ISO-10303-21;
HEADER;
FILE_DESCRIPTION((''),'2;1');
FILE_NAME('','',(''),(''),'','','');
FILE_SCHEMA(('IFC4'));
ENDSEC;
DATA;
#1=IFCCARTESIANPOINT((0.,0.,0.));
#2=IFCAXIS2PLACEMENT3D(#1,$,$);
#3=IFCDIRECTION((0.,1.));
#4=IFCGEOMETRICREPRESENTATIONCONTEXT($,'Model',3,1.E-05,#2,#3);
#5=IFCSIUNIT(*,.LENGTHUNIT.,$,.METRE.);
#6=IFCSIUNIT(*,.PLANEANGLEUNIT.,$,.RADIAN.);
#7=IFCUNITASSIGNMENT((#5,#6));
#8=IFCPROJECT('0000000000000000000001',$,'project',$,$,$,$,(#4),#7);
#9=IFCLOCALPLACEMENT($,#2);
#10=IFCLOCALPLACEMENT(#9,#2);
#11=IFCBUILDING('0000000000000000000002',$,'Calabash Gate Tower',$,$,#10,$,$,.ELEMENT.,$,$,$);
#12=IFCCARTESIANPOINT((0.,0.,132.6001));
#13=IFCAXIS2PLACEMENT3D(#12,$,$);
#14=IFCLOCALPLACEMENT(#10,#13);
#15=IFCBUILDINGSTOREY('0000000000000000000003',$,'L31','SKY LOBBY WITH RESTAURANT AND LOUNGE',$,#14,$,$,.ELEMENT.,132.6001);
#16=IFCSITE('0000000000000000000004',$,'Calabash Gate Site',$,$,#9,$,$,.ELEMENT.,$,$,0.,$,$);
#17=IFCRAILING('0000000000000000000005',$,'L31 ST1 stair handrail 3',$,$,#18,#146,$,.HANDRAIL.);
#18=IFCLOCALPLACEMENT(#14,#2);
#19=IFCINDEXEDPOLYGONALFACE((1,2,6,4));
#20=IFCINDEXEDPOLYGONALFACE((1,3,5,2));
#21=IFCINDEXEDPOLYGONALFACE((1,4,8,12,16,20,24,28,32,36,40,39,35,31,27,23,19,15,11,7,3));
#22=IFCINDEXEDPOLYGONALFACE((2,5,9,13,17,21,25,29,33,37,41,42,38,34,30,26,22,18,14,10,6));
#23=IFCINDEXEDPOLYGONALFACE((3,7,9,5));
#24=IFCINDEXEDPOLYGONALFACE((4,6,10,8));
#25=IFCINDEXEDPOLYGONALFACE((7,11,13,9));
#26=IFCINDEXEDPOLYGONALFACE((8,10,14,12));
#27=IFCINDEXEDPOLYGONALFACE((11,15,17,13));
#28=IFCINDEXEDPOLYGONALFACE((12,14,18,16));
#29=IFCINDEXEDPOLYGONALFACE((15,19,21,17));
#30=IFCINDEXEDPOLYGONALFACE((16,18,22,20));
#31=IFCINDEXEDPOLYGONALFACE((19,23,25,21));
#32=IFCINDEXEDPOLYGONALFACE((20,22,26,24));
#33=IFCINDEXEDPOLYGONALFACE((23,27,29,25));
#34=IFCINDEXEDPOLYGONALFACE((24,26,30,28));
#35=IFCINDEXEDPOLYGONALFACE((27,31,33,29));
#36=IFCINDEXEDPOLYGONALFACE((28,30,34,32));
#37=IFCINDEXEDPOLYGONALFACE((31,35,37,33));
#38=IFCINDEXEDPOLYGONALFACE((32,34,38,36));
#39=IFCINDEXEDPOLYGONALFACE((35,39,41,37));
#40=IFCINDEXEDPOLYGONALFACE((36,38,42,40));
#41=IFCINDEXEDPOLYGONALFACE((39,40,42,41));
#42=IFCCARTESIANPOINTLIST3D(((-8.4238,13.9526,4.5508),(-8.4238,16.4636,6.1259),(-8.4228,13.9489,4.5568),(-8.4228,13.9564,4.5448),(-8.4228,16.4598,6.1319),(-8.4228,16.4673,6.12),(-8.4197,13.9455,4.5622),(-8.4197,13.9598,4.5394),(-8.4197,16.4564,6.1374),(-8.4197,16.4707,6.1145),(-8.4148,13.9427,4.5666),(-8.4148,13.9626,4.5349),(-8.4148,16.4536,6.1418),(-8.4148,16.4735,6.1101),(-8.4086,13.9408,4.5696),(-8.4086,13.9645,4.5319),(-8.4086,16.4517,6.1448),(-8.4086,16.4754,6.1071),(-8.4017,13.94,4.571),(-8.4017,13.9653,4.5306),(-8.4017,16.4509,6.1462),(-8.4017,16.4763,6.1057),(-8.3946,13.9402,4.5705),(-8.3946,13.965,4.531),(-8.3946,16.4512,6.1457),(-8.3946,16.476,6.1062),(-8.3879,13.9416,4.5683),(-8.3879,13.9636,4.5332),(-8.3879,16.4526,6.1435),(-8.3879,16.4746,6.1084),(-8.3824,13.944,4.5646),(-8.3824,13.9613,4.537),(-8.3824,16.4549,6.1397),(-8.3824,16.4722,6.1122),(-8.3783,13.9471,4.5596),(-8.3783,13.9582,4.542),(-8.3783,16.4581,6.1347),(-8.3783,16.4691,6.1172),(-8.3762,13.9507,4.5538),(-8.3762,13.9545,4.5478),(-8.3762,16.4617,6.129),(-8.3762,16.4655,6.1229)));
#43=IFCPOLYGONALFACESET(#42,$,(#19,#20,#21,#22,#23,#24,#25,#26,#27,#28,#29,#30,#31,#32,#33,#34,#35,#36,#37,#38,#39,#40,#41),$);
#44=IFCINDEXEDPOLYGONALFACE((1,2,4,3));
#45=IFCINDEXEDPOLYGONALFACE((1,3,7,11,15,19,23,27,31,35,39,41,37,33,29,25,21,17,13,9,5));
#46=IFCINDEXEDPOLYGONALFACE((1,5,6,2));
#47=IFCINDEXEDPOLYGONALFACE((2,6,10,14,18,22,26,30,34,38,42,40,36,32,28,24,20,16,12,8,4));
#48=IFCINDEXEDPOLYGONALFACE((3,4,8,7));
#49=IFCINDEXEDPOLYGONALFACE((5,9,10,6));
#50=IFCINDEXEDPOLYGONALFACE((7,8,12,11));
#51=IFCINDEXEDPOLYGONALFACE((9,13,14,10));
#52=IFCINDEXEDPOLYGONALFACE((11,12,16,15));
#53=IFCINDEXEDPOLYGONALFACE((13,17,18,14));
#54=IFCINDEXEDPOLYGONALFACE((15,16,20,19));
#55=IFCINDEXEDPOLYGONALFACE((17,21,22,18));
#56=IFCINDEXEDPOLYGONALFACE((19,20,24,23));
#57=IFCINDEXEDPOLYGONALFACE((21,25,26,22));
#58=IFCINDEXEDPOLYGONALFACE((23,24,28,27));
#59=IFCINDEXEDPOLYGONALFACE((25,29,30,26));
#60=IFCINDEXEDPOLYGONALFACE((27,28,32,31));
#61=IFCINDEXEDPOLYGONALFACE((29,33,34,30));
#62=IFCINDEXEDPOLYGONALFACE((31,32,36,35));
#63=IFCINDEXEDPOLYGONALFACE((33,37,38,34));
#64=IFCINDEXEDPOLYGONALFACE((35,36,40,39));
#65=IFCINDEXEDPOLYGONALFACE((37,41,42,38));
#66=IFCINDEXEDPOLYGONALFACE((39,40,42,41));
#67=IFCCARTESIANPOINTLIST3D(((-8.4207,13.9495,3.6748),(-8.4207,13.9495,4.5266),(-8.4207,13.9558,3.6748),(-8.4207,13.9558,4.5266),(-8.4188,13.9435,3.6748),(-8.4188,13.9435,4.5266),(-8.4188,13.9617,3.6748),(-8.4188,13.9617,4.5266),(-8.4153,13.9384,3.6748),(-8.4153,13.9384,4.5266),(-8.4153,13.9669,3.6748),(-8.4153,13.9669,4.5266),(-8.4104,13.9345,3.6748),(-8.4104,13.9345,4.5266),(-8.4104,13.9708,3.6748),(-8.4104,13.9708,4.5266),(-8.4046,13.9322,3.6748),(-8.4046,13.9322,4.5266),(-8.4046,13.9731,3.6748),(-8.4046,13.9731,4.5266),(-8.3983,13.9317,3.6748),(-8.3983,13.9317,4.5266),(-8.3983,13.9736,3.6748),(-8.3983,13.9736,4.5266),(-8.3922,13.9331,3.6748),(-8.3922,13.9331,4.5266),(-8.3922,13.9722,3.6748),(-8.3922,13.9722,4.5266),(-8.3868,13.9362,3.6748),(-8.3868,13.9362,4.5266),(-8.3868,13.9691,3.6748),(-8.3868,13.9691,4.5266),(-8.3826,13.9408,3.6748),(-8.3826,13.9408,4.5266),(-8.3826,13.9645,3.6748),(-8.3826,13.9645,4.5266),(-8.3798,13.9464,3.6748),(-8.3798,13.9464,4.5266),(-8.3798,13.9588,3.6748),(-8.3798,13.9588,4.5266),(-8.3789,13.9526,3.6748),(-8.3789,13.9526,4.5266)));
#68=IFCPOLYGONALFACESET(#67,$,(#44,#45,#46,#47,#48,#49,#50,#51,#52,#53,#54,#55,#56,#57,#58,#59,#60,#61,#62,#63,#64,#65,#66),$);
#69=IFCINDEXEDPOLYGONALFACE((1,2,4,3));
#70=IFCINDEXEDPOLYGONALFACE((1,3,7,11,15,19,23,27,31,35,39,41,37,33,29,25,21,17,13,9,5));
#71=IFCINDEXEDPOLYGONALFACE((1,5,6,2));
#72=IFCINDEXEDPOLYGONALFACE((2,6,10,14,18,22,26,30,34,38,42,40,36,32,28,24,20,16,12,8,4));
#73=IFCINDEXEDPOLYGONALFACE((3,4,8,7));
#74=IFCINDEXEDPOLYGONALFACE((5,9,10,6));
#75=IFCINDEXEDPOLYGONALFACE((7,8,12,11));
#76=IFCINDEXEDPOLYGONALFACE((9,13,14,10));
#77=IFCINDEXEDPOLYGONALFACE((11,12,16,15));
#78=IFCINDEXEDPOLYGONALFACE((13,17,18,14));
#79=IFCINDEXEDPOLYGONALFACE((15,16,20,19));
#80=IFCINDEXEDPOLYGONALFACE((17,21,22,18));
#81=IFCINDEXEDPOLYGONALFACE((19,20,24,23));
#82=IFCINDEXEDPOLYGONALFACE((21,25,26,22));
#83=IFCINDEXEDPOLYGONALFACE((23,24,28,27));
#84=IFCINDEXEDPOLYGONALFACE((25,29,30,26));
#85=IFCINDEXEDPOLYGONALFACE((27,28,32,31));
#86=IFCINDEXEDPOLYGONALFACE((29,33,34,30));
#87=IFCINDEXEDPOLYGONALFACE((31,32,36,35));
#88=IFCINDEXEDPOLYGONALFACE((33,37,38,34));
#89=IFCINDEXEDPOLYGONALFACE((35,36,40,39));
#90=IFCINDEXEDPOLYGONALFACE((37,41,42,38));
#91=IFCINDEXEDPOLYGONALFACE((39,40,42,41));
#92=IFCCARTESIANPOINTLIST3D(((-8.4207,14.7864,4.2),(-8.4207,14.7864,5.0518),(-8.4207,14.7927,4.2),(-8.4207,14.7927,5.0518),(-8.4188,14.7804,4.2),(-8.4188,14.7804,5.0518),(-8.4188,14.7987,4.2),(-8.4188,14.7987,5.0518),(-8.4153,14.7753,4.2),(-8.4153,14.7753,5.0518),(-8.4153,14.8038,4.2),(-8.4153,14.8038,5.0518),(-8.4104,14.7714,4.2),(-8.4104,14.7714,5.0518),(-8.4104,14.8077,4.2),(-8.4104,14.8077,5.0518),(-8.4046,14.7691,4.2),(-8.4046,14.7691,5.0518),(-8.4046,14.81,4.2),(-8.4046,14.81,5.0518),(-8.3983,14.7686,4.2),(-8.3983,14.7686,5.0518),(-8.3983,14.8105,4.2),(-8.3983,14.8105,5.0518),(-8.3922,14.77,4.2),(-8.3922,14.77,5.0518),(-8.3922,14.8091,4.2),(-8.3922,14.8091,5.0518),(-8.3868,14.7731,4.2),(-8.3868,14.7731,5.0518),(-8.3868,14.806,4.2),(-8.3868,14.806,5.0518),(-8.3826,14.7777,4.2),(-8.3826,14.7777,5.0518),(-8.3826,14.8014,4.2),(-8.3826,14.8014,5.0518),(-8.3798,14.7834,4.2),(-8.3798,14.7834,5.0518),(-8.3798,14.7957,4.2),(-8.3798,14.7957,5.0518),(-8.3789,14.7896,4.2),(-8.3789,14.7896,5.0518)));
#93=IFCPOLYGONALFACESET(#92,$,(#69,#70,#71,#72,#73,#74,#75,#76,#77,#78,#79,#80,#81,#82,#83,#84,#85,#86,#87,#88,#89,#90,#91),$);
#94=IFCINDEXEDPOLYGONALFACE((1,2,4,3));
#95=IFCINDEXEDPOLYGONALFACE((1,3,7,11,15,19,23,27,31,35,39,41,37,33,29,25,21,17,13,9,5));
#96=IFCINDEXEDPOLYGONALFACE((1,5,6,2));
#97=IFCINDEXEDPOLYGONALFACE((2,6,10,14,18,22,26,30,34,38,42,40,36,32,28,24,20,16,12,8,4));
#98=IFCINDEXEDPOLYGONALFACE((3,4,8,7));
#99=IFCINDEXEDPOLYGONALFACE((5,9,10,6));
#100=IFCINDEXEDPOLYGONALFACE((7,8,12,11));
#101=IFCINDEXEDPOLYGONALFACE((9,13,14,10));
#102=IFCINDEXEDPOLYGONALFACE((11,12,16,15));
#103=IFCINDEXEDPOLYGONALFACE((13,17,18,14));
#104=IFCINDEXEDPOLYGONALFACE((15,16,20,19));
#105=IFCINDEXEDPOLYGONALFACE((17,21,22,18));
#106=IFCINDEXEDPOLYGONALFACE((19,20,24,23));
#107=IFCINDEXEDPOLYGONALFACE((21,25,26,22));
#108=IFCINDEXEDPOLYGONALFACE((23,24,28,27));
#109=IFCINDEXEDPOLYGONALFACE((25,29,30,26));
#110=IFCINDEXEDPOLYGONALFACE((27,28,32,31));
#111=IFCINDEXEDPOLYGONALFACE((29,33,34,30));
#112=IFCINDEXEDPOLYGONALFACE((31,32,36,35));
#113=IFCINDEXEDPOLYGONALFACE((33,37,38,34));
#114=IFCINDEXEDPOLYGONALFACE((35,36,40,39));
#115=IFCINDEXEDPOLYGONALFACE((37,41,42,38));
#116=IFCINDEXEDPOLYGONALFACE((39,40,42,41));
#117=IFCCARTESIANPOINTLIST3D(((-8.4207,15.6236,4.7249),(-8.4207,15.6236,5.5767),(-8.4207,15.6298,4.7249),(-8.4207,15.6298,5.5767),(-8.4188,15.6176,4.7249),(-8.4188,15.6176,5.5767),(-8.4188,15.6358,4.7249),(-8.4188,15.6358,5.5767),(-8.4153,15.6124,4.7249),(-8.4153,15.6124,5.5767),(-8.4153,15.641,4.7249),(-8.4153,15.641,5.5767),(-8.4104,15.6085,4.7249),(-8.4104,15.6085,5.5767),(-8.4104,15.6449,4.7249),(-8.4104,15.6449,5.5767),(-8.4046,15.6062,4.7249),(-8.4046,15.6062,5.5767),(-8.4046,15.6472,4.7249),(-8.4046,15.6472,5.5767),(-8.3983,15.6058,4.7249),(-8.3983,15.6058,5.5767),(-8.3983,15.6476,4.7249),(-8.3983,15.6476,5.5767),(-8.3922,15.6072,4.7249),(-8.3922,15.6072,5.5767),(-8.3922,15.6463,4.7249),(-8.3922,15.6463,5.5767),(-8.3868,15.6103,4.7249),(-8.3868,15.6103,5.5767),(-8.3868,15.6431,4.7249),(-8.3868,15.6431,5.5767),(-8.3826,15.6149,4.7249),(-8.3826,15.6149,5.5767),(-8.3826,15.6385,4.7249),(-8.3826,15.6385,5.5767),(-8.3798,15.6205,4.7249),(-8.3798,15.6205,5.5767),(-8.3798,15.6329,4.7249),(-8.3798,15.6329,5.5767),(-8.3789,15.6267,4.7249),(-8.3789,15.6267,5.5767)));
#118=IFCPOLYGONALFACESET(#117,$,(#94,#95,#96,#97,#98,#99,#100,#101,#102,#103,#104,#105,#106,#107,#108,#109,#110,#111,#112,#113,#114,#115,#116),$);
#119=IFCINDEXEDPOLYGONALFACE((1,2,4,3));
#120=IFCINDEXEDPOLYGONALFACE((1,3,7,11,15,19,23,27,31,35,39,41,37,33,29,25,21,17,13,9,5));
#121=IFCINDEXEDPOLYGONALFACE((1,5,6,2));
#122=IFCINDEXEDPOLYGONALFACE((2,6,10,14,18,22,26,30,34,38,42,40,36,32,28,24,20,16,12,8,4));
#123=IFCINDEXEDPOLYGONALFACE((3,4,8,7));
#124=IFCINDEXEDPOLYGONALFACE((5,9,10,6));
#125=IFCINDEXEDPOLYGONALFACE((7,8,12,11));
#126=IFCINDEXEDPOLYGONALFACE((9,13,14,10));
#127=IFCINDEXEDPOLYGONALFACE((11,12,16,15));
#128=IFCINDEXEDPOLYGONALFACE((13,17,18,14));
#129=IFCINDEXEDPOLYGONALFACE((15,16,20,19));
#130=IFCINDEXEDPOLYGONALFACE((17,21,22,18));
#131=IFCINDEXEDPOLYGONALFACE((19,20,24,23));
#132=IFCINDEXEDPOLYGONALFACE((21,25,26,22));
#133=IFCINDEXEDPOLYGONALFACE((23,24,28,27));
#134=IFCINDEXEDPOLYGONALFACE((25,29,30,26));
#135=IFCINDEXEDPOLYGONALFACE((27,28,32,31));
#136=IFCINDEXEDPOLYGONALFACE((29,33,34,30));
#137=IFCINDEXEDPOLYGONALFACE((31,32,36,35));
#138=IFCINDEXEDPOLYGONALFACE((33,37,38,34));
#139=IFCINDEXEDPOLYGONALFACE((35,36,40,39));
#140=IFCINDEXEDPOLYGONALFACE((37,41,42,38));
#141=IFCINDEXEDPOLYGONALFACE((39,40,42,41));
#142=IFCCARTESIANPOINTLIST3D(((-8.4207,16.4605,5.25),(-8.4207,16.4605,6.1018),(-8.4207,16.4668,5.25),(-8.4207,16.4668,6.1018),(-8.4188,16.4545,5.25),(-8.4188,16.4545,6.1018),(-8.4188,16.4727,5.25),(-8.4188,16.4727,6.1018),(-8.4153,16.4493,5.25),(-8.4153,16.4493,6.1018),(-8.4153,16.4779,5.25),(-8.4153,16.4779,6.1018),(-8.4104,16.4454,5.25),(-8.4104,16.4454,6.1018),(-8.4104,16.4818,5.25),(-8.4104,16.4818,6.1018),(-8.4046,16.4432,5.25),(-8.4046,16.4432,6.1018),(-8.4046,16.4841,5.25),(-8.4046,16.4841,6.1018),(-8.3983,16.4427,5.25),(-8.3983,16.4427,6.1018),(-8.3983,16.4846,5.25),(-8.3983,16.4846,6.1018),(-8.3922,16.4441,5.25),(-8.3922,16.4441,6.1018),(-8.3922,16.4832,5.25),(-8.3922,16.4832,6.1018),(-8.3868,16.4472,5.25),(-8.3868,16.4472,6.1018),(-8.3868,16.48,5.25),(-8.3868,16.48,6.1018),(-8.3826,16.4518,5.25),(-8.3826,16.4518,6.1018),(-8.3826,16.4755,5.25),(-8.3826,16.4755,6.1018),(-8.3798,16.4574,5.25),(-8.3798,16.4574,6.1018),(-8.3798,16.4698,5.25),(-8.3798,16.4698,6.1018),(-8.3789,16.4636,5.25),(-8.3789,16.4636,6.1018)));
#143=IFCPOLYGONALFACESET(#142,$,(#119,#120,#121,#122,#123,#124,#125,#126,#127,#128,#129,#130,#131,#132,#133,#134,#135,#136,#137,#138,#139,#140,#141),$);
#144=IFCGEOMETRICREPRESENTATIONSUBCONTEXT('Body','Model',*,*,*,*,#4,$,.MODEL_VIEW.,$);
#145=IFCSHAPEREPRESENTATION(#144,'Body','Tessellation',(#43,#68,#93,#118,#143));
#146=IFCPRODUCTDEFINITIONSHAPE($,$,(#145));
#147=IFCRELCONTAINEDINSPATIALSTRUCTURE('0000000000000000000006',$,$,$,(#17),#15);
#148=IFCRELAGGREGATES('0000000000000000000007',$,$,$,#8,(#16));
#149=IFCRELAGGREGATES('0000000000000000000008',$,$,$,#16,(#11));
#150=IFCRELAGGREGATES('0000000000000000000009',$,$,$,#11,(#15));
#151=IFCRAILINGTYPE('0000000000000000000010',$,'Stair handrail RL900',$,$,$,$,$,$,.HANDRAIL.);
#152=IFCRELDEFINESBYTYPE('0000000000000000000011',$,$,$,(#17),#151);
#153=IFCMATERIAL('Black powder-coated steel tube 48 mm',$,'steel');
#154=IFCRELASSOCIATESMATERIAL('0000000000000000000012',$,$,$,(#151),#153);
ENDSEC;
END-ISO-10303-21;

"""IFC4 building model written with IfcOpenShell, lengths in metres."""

from ifc_helpers import new_model, si_unit, direction, frame, origin, origin_2d, place, context, subcontext, project, spatial, circle, extrude, material, type_object, element, save


model = new_model("IFC4")

# Units and contexts
model_context = context("Model", 3, precision=1e-05, world=origin(), true_north=direction((0.0, 1.0)))
body_context = subcontext(model_context, "Body", "Model", "MODEL_VIEW")
ifc_project = project(units=[si_unit("LENGTHUNIT", "METRE"), si_unit("PLANEANGLEUNIT", "RADIAN")], contexts=[model_context])

# Site, building, storey
site_placement = place(None, origin())
site = spatial("IfcSite", under=ifc_project, at=site_placement, Name="Calabash Gate Site", CompositionType="ELEMENT", RefElevation=0.0)
building_placement = place(site_placement, origin())
building = spatial("IfcBuilding", under=site, at=building_placement, Name="Calabash Gate Tower", CompositionType="ELEMENT")
storey_placement = place(building_placement, frame((0.0, 0.0, 132.6001)))
storey = spatial("IfcBuildingStorey", under=building, at=storey_placement, Name="L31", Description="SKY LOBBY WITH RESTAURANT AND LOUNGE", CompositionType="ELEMENT", Elevation=132.6001)

# Railing
ifc_material_1 = material(Name="Black powder-coated steel tube 48 mm", Category="steel")
railing_type_1 = type_object("IfcRailingType", Name="Stair handrail RL900", PredefinedType="HANDRAIL", material=ifc_material_1)
railing_1_placement = place(storey_placement, frame((-8.3999, 13.9526, 3.6748)))
element("IfcRailing", 1, at=railing_1_placement, inside=storey, type_object=railing_type_1, Name="L31 ST1 stair handrail 3", PredefinedType="HANDRAIL", context=body_context, shape_type="SweptSolid", body=[
    extrude(circle(Radius=0.0239, at=origin_2d()), frame((0.0, 0.0, 0.876), z_axis=(0.0, 0.847113, 0.531412), x_axis=(-1.0, 0.0, 0.0)), (0.0, 0.0, 1.0), 2.9641),
    extrude(circle(Radius=0.021, at=origin_2d()), origin(), (0.0, 0.0, 1.0), 0.8518),
    extrude(circle(Radius=0.021, at=origin_2d()), frame((0.0, 0.8369, 0.5251)), (0.0, 0.0, 1.0), 0.8518),
    extrude(circle(Radius=0.021, at=origin_2d()), frame((0.0, 1.6741, 1.05)), (0.0, 0.0, 1.0), 0.8518),
    extrude(circle(Radius=0.021, at=origin_2d()), frame((0.0, 2.511, 1.5752)), (0.0, 0.0, 1.0), 0.8518),
])

save(model, "model.ifc")
